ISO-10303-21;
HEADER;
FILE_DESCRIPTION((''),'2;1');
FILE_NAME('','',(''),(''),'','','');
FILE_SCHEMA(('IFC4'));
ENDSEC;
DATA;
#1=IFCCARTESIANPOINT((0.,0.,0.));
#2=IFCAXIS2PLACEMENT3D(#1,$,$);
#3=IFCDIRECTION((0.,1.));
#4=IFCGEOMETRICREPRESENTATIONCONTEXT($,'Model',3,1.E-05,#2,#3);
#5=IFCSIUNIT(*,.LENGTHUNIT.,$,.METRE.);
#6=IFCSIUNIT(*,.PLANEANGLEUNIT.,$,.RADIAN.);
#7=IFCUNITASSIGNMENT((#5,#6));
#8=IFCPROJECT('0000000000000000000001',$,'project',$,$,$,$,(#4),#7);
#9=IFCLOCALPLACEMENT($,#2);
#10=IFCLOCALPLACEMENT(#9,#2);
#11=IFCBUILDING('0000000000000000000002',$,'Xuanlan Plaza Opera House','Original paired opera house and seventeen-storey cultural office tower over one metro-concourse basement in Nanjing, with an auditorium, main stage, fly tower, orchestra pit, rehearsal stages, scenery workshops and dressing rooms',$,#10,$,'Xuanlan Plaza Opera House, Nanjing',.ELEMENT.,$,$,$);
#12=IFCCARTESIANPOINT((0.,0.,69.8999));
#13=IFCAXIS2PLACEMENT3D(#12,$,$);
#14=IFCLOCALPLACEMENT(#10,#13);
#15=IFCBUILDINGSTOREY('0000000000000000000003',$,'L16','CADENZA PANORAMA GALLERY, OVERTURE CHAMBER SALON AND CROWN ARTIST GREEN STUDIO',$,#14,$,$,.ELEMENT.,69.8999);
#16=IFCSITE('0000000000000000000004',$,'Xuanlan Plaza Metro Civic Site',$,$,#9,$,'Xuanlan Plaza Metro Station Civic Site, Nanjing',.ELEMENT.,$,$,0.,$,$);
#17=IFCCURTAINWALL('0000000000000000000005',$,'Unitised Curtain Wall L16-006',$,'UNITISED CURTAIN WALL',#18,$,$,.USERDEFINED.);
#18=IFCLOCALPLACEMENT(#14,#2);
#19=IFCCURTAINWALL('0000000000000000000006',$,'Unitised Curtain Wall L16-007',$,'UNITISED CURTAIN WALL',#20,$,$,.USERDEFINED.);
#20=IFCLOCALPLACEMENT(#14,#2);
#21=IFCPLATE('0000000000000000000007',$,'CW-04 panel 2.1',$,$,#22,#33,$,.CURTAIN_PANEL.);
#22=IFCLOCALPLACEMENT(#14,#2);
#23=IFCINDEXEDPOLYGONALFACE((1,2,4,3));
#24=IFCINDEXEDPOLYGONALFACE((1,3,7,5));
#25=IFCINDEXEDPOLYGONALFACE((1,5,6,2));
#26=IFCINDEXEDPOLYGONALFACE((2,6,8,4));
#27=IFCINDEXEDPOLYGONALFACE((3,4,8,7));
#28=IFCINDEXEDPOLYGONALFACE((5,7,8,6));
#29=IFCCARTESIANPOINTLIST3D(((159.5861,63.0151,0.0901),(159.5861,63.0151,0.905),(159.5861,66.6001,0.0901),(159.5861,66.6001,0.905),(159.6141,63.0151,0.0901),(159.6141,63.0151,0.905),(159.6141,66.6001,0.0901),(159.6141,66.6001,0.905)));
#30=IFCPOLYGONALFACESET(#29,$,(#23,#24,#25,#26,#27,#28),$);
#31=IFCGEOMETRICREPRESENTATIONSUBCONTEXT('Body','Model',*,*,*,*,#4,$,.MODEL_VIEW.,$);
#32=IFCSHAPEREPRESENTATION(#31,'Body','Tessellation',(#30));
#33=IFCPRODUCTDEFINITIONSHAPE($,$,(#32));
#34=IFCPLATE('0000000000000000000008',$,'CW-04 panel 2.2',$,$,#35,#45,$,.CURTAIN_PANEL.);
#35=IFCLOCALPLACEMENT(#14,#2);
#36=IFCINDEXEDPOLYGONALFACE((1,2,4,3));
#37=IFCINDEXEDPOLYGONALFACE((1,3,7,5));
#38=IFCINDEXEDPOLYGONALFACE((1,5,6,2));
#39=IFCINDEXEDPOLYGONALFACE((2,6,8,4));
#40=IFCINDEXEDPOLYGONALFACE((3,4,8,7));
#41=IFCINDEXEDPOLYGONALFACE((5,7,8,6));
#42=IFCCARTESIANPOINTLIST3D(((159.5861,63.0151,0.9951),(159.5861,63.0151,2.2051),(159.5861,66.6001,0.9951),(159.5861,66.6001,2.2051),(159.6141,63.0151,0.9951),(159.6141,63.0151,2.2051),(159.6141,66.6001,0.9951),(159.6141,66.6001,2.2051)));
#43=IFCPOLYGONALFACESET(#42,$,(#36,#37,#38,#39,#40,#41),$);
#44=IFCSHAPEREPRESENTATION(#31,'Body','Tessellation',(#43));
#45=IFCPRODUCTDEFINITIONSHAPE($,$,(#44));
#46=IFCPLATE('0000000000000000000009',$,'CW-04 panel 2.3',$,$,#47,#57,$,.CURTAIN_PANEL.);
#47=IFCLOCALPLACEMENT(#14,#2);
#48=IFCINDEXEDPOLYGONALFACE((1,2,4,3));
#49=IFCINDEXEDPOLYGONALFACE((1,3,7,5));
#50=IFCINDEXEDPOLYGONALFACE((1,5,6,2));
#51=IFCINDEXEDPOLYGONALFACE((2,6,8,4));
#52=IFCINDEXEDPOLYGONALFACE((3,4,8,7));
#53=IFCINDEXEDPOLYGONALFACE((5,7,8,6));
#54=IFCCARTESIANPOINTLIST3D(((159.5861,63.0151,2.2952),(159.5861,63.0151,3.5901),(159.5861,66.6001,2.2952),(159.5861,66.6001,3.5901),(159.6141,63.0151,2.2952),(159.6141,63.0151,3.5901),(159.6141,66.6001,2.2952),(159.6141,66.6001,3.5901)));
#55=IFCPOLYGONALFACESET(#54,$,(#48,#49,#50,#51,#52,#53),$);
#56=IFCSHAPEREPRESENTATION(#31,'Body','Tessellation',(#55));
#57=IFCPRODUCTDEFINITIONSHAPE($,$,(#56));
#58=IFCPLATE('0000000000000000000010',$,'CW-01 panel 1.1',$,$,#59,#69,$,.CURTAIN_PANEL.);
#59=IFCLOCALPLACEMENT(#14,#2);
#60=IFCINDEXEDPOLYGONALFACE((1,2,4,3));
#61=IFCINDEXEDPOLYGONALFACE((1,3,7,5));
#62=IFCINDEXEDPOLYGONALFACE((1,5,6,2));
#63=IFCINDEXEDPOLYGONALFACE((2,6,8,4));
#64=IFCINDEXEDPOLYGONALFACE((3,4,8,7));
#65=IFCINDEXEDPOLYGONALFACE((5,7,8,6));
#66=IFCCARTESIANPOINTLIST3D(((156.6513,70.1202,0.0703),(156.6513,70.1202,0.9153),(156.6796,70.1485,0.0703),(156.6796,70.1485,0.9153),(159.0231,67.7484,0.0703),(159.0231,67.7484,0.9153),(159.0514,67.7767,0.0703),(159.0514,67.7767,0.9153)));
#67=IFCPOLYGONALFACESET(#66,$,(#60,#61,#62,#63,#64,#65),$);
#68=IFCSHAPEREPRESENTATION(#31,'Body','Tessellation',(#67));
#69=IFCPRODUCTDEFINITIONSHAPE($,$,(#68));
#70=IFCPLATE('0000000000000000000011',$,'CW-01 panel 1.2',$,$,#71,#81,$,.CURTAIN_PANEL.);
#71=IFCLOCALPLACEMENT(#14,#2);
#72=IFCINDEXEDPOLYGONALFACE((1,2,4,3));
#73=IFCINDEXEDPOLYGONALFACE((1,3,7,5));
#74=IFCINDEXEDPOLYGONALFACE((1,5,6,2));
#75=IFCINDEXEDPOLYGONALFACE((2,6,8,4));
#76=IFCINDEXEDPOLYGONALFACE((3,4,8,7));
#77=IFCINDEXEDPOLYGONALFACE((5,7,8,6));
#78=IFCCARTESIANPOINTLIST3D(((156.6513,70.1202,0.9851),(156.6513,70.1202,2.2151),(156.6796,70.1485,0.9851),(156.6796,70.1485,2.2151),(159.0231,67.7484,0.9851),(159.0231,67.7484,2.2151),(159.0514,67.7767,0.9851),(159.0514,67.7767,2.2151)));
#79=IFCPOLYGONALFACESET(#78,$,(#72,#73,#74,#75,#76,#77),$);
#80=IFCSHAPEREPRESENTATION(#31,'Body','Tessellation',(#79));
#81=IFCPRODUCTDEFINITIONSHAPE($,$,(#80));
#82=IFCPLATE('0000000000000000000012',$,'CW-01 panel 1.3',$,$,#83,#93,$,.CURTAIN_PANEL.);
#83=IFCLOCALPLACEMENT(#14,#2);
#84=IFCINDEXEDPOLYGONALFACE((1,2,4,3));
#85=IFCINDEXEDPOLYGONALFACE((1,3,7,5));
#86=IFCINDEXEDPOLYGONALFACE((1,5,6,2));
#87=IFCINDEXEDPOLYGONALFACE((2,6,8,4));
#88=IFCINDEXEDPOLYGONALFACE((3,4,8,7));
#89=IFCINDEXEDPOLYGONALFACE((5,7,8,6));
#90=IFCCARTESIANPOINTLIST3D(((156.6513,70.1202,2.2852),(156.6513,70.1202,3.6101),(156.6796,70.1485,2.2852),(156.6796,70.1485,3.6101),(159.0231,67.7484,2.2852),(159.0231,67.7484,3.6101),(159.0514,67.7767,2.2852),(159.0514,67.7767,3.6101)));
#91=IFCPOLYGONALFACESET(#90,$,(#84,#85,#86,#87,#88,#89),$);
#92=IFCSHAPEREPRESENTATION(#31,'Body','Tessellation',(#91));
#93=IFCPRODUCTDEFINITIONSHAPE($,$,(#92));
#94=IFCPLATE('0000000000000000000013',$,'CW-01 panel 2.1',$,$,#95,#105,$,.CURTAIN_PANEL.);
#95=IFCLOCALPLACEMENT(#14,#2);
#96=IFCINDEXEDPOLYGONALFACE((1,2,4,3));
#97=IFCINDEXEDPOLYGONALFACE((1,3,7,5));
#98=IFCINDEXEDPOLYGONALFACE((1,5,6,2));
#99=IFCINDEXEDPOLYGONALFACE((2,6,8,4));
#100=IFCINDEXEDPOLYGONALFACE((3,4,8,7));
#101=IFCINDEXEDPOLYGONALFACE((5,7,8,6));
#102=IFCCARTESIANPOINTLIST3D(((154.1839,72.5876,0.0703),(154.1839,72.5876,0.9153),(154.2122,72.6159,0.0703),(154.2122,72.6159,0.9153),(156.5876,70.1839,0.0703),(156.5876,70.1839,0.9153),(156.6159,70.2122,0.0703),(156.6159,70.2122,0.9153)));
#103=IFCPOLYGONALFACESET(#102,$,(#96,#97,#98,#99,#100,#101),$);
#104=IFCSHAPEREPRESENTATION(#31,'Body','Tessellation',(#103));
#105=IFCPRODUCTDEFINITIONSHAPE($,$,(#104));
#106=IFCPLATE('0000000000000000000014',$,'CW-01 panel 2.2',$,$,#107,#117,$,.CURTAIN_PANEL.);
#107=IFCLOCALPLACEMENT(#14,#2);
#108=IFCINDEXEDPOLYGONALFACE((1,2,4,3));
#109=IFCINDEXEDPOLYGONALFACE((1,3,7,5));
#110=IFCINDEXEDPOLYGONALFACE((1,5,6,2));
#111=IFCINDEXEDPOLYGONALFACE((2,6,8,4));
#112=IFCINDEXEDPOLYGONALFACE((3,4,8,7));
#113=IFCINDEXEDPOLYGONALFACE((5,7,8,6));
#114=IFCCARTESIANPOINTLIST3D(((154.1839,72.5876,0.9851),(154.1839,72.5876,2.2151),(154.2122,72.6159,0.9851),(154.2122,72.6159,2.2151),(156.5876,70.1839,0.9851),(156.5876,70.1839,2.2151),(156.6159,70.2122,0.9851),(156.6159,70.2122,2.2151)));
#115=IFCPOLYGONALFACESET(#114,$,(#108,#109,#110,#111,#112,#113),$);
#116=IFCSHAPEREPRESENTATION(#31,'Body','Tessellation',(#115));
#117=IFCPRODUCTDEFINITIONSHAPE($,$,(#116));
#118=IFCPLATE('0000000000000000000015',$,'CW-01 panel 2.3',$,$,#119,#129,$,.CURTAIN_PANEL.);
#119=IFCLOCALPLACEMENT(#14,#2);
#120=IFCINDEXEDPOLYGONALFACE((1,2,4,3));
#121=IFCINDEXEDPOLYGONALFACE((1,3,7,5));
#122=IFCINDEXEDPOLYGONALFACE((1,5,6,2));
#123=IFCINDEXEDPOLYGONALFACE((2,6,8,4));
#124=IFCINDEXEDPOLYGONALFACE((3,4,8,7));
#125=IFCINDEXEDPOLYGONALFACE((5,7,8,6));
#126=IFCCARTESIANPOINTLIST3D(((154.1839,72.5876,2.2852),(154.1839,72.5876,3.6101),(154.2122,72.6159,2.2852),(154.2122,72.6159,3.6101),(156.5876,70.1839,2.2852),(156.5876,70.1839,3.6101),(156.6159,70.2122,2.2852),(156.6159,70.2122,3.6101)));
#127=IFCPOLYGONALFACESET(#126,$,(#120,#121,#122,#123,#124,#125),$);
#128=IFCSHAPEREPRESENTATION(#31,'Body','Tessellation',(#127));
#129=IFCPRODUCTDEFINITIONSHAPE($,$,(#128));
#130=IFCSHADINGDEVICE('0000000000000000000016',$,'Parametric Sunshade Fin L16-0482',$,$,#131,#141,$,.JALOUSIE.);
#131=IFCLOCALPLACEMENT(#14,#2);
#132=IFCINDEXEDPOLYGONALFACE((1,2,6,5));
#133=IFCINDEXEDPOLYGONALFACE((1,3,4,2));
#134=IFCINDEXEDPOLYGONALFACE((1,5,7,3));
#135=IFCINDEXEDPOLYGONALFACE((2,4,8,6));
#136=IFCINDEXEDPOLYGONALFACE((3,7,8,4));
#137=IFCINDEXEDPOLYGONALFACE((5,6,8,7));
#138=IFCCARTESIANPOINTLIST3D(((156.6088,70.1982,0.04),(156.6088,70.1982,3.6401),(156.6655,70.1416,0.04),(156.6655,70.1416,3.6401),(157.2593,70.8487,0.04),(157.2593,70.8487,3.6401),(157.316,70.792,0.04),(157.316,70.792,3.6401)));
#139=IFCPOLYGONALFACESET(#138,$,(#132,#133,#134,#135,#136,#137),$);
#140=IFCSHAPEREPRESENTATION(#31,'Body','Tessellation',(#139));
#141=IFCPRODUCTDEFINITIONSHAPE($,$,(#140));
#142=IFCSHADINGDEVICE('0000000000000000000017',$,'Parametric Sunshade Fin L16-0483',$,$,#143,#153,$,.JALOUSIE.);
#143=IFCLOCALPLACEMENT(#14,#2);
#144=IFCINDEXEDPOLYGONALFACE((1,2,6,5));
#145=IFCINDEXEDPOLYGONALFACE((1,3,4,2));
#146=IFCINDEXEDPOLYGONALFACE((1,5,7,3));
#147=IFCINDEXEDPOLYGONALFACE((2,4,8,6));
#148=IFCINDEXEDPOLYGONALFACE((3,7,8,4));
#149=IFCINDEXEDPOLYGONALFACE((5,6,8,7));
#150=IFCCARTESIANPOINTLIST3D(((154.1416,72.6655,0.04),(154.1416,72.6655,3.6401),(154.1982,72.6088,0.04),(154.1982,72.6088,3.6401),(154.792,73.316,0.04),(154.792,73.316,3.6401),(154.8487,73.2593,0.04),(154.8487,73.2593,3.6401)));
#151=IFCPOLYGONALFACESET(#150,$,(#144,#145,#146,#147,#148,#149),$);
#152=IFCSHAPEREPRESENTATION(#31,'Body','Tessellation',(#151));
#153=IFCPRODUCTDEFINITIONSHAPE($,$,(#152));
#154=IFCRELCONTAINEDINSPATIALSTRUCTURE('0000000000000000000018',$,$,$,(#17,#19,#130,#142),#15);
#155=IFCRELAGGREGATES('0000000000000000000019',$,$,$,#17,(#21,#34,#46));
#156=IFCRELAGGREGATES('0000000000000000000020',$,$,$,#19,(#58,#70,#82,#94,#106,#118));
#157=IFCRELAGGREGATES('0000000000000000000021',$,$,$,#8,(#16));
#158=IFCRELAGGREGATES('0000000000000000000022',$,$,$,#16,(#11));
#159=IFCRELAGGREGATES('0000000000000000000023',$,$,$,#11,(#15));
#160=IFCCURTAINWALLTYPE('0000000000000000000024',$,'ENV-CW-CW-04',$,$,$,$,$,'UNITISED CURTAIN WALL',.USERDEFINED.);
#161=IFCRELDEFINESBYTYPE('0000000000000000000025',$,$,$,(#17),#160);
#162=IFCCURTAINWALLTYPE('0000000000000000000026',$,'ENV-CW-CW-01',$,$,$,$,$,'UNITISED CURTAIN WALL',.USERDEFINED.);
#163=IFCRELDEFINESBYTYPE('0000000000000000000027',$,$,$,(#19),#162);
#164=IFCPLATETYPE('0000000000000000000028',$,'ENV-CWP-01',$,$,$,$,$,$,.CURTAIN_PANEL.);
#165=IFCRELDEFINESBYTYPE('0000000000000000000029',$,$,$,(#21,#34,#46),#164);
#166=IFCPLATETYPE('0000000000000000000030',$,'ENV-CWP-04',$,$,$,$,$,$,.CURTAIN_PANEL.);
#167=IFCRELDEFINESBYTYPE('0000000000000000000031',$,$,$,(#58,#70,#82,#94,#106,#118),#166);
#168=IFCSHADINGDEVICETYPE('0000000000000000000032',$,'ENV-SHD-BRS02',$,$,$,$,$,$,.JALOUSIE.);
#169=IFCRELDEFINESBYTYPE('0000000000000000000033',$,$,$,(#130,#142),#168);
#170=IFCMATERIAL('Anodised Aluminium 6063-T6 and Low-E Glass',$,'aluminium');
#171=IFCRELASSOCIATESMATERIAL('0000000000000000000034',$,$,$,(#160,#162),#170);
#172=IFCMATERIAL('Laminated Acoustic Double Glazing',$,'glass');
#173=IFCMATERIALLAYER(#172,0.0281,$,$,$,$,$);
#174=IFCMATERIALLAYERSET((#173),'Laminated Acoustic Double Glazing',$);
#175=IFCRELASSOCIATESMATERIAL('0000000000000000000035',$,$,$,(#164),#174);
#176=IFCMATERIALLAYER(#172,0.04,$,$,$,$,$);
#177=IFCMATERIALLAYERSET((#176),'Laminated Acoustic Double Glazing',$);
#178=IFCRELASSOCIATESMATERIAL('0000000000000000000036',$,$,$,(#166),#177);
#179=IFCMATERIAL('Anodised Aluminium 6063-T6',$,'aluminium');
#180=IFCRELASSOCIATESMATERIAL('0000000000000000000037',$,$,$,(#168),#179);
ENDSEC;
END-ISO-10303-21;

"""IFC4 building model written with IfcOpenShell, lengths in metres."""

from ifc_helpers import new_model, si_unit, direction, frame, origin, origin_2d, place, context, subcontext, project, spatial, rectangle, extrude, material, layer, layer_set, type_object, element, aggregate, save


model = new_model("IFC4")

# Units and contexts
model_context = context("Model", 3, precision=1e-05, world=origin(), true_north=direction((0.0, 1.0)))
body_context = subcontext(model_context, "Body", "Model", "MODEL_VIEW")
ifc_project = project(units=[si_unit("LENGTHUNIT", "METRE"), si_unit("PLANEANGLEUNIT", "RADIAN")], contexts=[model_context])

# Site, building, storey
site_placement = place(None, origin())
site = spatial("IfcSite", under=ifc_project, at=site_placement, Name="Xuanlan Plaza Metro Civic Site", LongName="Xuanlan Plaza Metro Station Civic Site, Nanjing", CompositionType="ELEMENT", RefElevation=0.0)
building_placement = place(site_placement, origin())
building = spatial("IfcBuilding", under=site, at=building_placement, Name="Xuanlan Plaza Opera House", Description="Original paired opera house and seventeen-storey cultural office tower over one metro-concourse basement in Nanjing, with an auditorium, main stage, fly tower, orchestra pit, rehearsal stages, scenery workshops and dressing rooms", LongName="Xuanlan Plaza Opera House, Nanjing", CompositionType="ELEMENT")
storey_placement = place(building_placement, frame((0.0, 0.0, 69.8999)))
storey = spatial("IfcBuildingStorey", under=building, at=storey_placement, Name="L16", Description="CADENZA PANORAMA GALLERY, OVERTURE CHAMBER SALON AND CROWN ARTIST GREEN STUDIO", CompositionType="ELEMENT", Elevation=69.8999)

# Curtain wall
ifc_material_1 = material(Name="Anodised Aluminium 6063-T6 and Low-E Glass", Category="aluminium")
curtain_wall_type_1 = type_object("IfcCurtainWallType", Name="ENV-CW-CW-04", ElementType="UNITISED CURTAIN WALL", PredefinedType="USERDEFINED", material=ifc_material_1)
curtain_wall_1_placement = place(storey_placement, origin())
curtain_wall_1 = element("IfcCurtainWall", 1, at=curtain_wall_1_placement, inside=storey, type_object=curtain_wall_type_1, Name="Unitised Curtain Wall L16-006", ObjectType="UNITISED CURTAIN WALL", PredefinedType="USERDEFINED")
ifc_material_2 = material(Name="Anodised Aluminium 6063-T6", Category="aluminium")

# Curtain wall
curtain_wall_type_2 = type_object("IfcCurtainWallType", Name="ENV-CW-CW-01", ElementType="UNITISED CURTAIN WALL", PredefinedType="USERDEFINED", material=ifc_material_1)
curtain_wall_2_placement = place(storey_placement, origin())
curtain_wall_2 = element("IfcCurtainWall", 2, at=curtain_wall_2_placement, inside=storey, type_object=curtain_wall_type_2, Name="Unitised Curtain Wall L16-007", ObjectType="UNITISED CURTAIN WALL", PredefinedType="USERDEFINED")

# Plates
ifc_material_3 = material(Name="Laminated Acoustic Double Glazing", Category="glass")
ifc_layer_1 = layer(ifc_material_3, 0.0281)
ifc_layer_set_1 = layer_set([ifc_layer_1], Name="Laminated Acoustic Double Glazing")
plate_type_1 = type_object("IfcPlateType", Name="ENV-CWP-01", PredefinedType="CURTAIN_PANEL", material=ifc_layer_set_1)
plate_1_placement = place(storey_placement, frame((159.6001, 64.8076, 0.0901), z_axis=(0.0, 0.0, 1.0), x_axis=(0.0, 1.0, 0.0)))
plate_1 = element("IfcPlate", 3, at=plate_1_placement, type_object=plate_type_1, Name="CW-04 panel 2.1", PredefinedType="CURTAIN_PANEL", context=body_context, shape_type="SweptSolid", body=[
    extrude(rectangle(XDim=3.585, YDim=0.0281, at=origin_2d()), origin(), (0.0, 0.0, 1.0), 0.8149),
])
plate_2_placement = place(storey_placement, frame((159.6001, 64.8076, 0.9951), z_axis=(0.0, 0.0, 1.0), x_axis=(0.0, 1.0, 0.0)))
plate_2 = element("IfcPlate", 4, at=plate_2_placement, type_object=plate_type_1, Name="CW-04 panel 2.2", PredefinedType="CURTAIN_PANEL", context=body_context, shape_type="SweptSolid", body=[
    extrude(rectangle(XDim=3.585, YDim=0.0281, at=origin_2d()), origin(), (0.0, 0.0, 1.0), 1.21),
])
plate_3_placement = place(storey_placement, frame((159.6001, 64.8076, 2.2952), z_axis=(0.0, 0.0, 1.0), x_axis=(0.0, 1.0, 0.0)))
plate_3 = element("IfcPlate", 5, at=plate_3_placement, type_object=plate_type_1, Name="CW-04 panel 2.3", PredefinedType="CURTAIN_PANEL", context=body_context, shape_type="SweptSolid", body=[
    extrude(rectangle(XDim=3.585, YDim=0.0281, at=origin_2d()), origin(), (0.0, 0.0, 1.0), 1.2949),
])
aggregate(curtain_wall_1, [plate_1, plate_2, plate_3])
ifc_layer_2 = layer(ifc_material_3, 0.04)
ifc_layer_set_2 = layer_set([ifc_layer_2], Name="Laminated Acoustic Double Glazing")
plate_type_2 = type_object("IfcPlateType", Name="ENV-CWP-04", PredefinedType="CURTAIN_PANEL", material=ifc_layer_set_2)
plate_4_placement = place(storey_placement, frame((157.8513, 68.9485, 0.0703), z_axis=(0.0, 0.0, 1.0), x_axis=(-0.707107, 0.707107, 0.0)))
plate_4 = element("IfcPlate", 6, at=plate_4_placement, type_object=plate_type_2, Name="CW-01 panel 1.1", PredefinedType="CURTAIN_PANEL", context=body_context, shape_type="SweptSolid", body=[
    extrude(rectangle(XDim=3.3542, YDim=0.04, at=origin_2d()), origin(), (0.0, 0.0, 1.0), 0.845),
])
plate_5_placement = place(storey_placement, frame((157.8513, 68.9485, 0.9851), z_axis=(0.0, 0.0, 1.0), x_axis=(-0.707107, 0.707107, 0.0)))
plate_5 = element("IfcPlate", 7, at=plate_5_placement, type_object=plate_type_2, Name="CW-01 panel 1.2", PredefinedType="CURTAIN_PANEL", context=body_context, shape_type="SweptSolid", body=[
    extrude(rectangle(XDim=3.3542, YDim=0.04, at=origin_2d()), origin(), (0.0, 0.0, 1.0), 1.23),
])
plate_6_placement = place(storey_placement, frame((157.8513, 68.9485, 2.2852), z_axis=(0.0, 0.0, 1.0), x_axis=(-0.707107, 0.707107, 0.0)))
plate_6 = element("IfcPlate", 8, at=plate_6_placement, type_object=plate_type_2, Name="CW-01 panel 1.3", PredefinedType="CURTAIN_PANEL", context=body_context, shape_type="SweptSolid", body=[
    extrude(rectangle(XDim=3.3542, YDim=0.04, at=origin_2d()), origin(), (0.0, 0.0, 1.0), 1.325),
])
plate_7_placement = place(storey_placement, frame((155.3999, 71.3999, 0.0703), z_axis=(0.0, 0.0, 1.0), x_axis=(-0.707107, 0.707107, 0.0)))
plate_7 = element("IfcPlate", 9, at=plate_7_placement, type_object=plate_type_2, Name="CW-01 panel 2.1", PredefinedType="CURTAIN_PANEL", context=body_context, shape_type="SweptSolid", body=[
    extrude(rectangle(XDim=3.3994, YDim=0.04, at=origin_2d()), origin(), (0.0, 0.0, 1.0), 0.845),
])
plate_8_placement = place(storey_placement, frame((155.3999, 71.3999, 0.9851), z_axis=(0.0, 0.0, 1.0), x_axis=(-0.707107, 0.707107, 0.0)))
plate_8 = element("IfcPlate", 10, at=plate_8_placement, type_object=plate_type_2, Name="CW-01 panel 2.2", PredefinedType="CURTAIN_PANEL", context=body_context, shape_type="SweptSolid", body=[
    extrude(rectangle(XDim=3.3994, YDim=0.04, at=origin_2d()), origin(), (0.0, 0.0, 1.0), 1.23),
])
plate_9_placement = place(storey_placement, frame((155.3999, 71.3999, 2.2852), z_axis=(0.0, 0.0, 1.0), x_axis=(-0.707107, 0.707107, 0.0)))
plate_9 = element("IfcPlate", 11, at=plate_9_placement, type_object=plate_type_2, Name="CW-01 panel 2.3", PredefinedType="CURTAIN_PANEL", context=body_context, shape_type="SweptSolid", body=[
    extrude(rectangle(XDim=3.3994, YDim=0.04, at=origin_2d()), origin(), (0.0, 0.0, 1.0), 1.325),
])
aggregate(curtain_wall_2, [plate_4, plate_5, plate_6, plate_7, plate_8, plate_9])

# Shading devices
shading_device_type = type_object("IfcShadingDeviceType", Name="ENV-SHD-BRS02", PredefinedType="JALOUSIE", material=ifc_material_2)
for number, where, z_axis, x_axis, name in (
    (12, (156.9624, 70.4951, 0.04), (0.0, 0.0, 1.0), (0.707107, 0.707107, 0.0), "Parametric Sunshade Fin L16-0482"),
    (13, (154.4951, 72.9624, 0.04), (0.0, 0.0, 1.0), (0.707107, 0.707107, 0.0), "Parametric Sunshade Fin L16-0483"),
):
    element("IfcShadingDevice", number, at=place(storey_placement, frame(where, z_axis=z_axis, x_axis=x_axis)), inside=storey, type_object=shading_device_type, Name=name, PredefinedType="JALOUSIE", context=body_context, shape_type="SweptSolid", body=[
        extrude(rectangle(XDim=0.9199, YDim=0.0801, at=origin_2d()), origin(), (0.0, 0.0, 1.0), 3.6001),
    ])

save(model, "model.ifc")
